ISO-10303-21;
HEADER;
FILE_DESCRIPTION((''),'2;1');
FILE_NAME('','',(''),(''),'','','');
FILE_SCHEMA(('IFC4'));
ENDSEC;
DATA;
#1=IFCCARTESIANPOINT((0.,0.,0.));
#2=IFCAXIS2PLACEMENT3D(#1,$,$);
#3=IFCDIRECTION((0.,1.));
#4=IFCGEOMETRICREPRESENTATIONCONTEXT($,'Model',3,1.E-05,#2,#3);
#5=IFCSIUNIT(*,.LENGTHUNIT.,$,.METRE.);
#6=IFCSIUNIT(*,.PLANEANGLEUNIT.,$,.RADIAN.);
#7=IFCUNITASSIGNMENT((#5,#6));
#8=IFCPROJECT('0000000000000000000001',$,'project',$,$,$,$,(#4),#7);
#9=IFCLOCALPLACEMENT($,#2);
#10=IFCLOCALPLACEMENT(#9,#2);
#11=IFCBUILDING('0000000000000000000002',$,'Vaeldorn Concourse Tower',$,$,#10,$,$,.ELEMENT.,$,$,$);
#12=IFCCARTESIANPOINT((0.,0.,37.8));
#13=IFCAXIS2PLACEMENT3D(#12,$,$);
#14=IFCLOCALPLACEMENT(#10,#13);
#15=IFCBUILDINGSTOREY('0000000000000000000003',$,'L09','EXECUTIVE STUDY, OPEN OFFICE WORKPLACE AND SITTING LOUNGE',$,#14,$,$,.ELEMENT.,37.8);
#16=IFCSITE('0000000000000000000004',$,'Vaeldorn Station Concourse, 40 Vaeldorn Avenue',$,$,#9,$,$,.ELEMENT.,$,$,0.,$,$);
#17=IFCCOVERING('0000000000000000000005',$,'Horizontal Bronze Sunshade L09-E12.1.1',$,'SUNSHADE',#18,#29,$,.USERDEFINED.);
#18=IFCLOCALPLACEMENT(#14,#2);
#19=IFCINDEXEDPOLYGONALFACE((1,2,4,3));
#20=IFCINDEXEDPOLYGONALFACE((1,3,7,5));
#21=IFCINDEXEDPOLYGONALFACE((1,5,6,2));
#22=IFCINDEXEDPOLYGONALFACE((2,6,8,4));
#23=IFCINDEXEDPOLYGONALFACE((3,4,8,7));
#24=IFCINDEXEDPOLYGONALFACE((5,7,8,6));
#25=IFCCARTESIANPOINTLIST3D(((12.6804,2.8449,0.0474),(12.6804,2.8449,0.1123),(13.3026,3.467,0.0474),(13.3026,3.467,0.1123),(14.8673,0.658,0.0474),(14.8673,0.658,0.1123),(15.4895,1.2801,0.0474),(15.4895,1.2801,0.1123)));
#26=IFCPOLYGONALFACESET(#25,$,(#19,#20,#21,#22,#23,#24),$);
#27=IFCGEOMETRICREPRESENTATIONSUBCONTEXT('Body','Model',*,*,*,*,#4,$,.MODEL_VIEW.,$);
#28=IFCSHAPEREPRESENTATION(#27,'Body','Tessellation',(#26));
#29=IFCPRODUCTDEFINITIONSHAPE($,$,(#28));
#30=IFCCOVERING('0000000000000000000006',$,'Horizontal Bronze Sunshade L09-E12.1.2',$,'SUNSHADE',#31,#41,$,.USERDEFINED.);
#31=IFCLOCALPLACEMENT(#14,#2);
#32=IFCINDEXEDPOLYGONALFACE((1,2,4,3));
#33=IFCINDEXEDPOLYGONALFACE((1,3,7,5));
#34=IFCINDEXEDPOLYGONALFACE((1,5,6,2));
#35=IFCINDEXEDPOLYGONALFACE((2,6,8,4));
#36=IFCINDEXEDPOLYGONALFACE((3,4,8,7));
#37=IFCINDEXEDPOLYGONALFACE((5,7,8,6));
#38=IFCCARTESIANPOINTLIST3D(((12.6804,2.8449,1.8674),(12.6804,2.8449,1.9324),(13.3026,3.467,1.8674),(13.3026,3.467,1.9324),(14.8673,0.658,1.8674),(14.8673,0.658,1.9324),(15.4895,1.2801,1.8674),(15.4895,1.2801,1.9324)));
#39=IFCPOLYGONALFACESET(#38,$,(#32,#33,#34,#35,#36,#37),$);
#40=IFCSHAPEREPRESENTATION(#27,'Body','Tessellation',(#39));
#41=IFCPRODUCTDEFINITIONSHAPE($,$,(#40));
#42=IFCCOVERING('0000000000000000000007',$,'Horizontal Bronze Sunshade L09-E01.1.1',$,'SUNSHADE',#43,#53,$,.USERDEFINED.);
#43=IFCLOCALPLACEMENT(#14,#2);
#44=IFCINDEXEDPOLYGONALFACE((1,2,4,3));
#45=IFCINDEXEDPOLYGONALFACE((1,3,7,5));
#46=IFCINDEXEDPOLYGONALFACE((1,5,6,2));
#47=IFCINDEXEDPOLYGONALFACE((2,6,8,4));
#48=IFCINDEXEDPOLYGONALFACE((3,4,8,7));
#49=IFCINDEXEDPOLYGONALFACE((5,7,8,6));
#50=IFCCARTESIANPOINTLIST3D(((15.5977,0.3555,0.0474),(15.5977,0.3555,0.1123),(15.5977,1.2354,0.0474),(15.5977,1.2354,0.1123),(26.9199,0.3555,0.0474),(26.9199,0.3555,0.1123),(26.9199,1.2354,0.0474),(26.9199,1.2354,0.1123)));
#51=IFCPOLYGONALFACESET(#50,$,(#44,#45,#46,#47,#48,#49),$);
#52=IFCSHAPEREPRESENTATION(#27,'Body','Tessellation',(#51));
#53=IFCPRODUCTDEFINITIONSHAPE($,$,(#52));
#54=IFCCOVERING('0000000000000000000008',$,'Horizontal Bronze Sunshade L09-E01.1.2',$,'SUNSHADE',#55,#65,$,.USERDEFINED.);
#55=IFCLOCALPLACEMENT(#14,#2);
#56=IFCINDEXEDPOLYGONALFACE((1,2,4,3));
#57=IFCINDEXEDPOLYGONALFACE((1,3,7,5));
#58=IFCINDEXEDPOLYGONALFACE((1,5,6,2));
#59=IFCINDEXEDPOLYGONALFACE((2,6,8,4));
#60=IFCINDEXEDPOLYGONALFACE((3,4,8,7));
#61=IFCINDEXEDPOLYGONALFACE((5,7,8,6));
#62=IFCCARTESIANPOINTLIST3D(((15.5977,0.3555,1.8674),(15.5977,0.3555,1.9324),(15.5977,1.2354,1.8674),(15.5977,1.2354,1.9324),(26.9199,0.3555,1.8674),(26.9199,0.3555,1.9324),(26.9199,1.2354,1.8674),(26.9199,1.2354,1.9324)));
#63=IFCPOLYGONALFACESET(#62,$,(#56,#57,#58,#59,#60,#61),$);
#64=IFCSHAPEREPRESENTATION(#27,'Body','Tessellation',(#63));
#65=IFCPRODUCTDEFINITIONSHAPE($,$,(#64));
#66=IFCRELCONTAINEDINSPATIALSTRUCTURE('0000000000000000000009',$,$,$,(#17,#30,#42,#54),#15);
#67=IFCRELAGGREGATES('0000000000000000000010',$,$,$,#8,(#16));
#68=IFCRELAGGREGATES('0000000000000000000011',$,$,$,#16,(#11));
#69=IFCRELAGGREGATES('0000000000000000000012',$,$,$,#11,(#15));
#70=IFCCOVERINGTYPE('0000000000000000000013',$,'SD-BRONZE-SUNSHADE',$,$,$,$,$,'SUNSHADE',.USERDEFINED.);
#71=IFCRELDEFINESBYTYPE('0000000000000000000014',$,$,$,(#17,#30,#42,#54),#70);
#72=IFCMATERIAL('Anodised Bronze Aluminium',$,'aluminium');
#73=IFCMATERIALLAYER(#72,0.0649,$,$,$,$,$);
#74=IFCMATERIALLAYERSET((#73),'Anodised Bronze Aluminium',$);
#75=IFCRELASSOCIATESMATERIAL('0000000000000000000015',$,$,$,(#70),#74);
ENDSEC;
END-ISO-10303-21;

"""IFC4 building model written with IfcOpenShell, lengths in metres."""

from ifc_helpers import new_model, si_unit, direction, frame, origin, origin_2d, place, context, subcontext, project, spatial, rectangle, extrude, source, transform, mapped, material, layer, layer_set, type_object, element, save


model = new_model("IFC4")

# Units and contexts
model_context = context("Model", 3, precision=1e-05, world=origin(), true_north=direction((0.0, 1.0)))
body_context = subcontext(model_context, "Body", "Model", "MODEL_VIEW")
ifc_project = project(units=[si_unit("LENGTHUNIT", "METRE"), si_unit("PLANEANGLEUNIT", "RADIAN")], contexts=[model_context])

# Site, building, storey
site_placement = place(None, origin())
site = spatial("IfcSite", under=ifc_project, at=site_placement, Name="Vaeldorn Station Concourse, 40 Vaeldorn Avenue", CompositionType="ELEMENT", RefElevation=0.0)
building_placement = place(site_placement, origin())
building = spatial("IfcBuilding", under=site, at=building_placement, Name="Vaeldorn Concourse Tower", CompositionType="ELEMENT")
storey_placement = place(building_placement, frame((0.0, 0.0, 37.8)))
storey = spatial("IfcBuildingStorey", under=building, at=storey_placement, Name="L09", Description="EXECUTIVE STUDY, OPEN OFFICE WORKPLACE AND SITTING LOUNGE", CompositionType="ELEMENT", Elevation=37.8)

# Shared definitions
ifc_material_1 = material(Name="Anodised Bronze Aluminium", Category="aluminium")

# Coverings
ifc_layer_1 = layer(ifc_material_1, 0.0649)
ifc_layer_set_1 = layer_set([ifc_layer_1], Name="Anodised Bronze Aluminium")
covering_type = type_object("IfcCoveringType", Name="SD-BRONZE-SUNSHADE", ElementType="SUNSHADE", PredefinedType="USERDEFINED", material=ifc_layer_set_1)
shared_shape_1 = source(origin(), body_context, "Body", "SweptSolid", [
    extrude(rectangle(XDim=3.0928, YDim=0.8799, at=origin_2d()), origin(), (0.0, 0.0, 1.0), 0.0649),
])
for number, where, z_axis, x_axis, name in (
    (1, (14.085, 2.0625, 0.0474), (0.0, 0.0, 1.0), (0.707107, -0.707107, 0.0), "Horizontal Bronze Sunshade L09-E12.1.1"),
    (2, (14.085, 2.0625, 1.8674), (0.0, 0.0, 1.0), (0.707107, -0.707107, 0.0), "Horizontal Bronze Sunshade L09-E12.1.2"),
):
    element("IfcCovering", number, at=place(storey_placement, frame(where, z_axis=z_axis, x_axis=x_axis)), inside=storey, type_object=covering_type, Name=name, ObjectType="SUNSHADE", PredefinedType="USERDEFINED", context=body_context, shape_type="MappedRepresentation", body=[
        mapped(shared_shape_1, transform((0.0, 0.0, 0.0), scale=1.0)),
    ])
shared_shape_2 = source(origin(), body_context, "Body", "SweptSolid", [
    extrude(rectangle(XDim=11.3223, YDim=0.8799, at=origin_2d()), origin(), (0.0, 0.0, 1.0), 0.0649),
])
for number, where, z_axis, x_axis, name in (
    (3, (21.2588, 0.7954, 0.0474), (0.0, 0.0, 1.0), (1.0, 0.0, 0.0), "Horizontal Bronze Sunshade L09-E01.1.1"),
    (4, (21.2588, 0.7954, 1.8674), (0.0, 0.0, 1.0), (1.0, 0.0, 0.0), "Horizontal Bronze Sunshade L09-E01.1.2"),
):
    element("IfcCovering", number, at=place(storey_placement, frame(where, z_axis=z_axis, x_axis=x_axis)), inside=storey, type_object=covering_type, Name=name, ObjectType="SUNSHADE", PredefinedType="USERDEFINED", context=body_context, shape_type="MappedRepresentation", body=[
        mapped(shared_shape_2, transform((0.0, 0.0, 0.0), scale=1.0)),
    ])

save(model, "model.ifc")
